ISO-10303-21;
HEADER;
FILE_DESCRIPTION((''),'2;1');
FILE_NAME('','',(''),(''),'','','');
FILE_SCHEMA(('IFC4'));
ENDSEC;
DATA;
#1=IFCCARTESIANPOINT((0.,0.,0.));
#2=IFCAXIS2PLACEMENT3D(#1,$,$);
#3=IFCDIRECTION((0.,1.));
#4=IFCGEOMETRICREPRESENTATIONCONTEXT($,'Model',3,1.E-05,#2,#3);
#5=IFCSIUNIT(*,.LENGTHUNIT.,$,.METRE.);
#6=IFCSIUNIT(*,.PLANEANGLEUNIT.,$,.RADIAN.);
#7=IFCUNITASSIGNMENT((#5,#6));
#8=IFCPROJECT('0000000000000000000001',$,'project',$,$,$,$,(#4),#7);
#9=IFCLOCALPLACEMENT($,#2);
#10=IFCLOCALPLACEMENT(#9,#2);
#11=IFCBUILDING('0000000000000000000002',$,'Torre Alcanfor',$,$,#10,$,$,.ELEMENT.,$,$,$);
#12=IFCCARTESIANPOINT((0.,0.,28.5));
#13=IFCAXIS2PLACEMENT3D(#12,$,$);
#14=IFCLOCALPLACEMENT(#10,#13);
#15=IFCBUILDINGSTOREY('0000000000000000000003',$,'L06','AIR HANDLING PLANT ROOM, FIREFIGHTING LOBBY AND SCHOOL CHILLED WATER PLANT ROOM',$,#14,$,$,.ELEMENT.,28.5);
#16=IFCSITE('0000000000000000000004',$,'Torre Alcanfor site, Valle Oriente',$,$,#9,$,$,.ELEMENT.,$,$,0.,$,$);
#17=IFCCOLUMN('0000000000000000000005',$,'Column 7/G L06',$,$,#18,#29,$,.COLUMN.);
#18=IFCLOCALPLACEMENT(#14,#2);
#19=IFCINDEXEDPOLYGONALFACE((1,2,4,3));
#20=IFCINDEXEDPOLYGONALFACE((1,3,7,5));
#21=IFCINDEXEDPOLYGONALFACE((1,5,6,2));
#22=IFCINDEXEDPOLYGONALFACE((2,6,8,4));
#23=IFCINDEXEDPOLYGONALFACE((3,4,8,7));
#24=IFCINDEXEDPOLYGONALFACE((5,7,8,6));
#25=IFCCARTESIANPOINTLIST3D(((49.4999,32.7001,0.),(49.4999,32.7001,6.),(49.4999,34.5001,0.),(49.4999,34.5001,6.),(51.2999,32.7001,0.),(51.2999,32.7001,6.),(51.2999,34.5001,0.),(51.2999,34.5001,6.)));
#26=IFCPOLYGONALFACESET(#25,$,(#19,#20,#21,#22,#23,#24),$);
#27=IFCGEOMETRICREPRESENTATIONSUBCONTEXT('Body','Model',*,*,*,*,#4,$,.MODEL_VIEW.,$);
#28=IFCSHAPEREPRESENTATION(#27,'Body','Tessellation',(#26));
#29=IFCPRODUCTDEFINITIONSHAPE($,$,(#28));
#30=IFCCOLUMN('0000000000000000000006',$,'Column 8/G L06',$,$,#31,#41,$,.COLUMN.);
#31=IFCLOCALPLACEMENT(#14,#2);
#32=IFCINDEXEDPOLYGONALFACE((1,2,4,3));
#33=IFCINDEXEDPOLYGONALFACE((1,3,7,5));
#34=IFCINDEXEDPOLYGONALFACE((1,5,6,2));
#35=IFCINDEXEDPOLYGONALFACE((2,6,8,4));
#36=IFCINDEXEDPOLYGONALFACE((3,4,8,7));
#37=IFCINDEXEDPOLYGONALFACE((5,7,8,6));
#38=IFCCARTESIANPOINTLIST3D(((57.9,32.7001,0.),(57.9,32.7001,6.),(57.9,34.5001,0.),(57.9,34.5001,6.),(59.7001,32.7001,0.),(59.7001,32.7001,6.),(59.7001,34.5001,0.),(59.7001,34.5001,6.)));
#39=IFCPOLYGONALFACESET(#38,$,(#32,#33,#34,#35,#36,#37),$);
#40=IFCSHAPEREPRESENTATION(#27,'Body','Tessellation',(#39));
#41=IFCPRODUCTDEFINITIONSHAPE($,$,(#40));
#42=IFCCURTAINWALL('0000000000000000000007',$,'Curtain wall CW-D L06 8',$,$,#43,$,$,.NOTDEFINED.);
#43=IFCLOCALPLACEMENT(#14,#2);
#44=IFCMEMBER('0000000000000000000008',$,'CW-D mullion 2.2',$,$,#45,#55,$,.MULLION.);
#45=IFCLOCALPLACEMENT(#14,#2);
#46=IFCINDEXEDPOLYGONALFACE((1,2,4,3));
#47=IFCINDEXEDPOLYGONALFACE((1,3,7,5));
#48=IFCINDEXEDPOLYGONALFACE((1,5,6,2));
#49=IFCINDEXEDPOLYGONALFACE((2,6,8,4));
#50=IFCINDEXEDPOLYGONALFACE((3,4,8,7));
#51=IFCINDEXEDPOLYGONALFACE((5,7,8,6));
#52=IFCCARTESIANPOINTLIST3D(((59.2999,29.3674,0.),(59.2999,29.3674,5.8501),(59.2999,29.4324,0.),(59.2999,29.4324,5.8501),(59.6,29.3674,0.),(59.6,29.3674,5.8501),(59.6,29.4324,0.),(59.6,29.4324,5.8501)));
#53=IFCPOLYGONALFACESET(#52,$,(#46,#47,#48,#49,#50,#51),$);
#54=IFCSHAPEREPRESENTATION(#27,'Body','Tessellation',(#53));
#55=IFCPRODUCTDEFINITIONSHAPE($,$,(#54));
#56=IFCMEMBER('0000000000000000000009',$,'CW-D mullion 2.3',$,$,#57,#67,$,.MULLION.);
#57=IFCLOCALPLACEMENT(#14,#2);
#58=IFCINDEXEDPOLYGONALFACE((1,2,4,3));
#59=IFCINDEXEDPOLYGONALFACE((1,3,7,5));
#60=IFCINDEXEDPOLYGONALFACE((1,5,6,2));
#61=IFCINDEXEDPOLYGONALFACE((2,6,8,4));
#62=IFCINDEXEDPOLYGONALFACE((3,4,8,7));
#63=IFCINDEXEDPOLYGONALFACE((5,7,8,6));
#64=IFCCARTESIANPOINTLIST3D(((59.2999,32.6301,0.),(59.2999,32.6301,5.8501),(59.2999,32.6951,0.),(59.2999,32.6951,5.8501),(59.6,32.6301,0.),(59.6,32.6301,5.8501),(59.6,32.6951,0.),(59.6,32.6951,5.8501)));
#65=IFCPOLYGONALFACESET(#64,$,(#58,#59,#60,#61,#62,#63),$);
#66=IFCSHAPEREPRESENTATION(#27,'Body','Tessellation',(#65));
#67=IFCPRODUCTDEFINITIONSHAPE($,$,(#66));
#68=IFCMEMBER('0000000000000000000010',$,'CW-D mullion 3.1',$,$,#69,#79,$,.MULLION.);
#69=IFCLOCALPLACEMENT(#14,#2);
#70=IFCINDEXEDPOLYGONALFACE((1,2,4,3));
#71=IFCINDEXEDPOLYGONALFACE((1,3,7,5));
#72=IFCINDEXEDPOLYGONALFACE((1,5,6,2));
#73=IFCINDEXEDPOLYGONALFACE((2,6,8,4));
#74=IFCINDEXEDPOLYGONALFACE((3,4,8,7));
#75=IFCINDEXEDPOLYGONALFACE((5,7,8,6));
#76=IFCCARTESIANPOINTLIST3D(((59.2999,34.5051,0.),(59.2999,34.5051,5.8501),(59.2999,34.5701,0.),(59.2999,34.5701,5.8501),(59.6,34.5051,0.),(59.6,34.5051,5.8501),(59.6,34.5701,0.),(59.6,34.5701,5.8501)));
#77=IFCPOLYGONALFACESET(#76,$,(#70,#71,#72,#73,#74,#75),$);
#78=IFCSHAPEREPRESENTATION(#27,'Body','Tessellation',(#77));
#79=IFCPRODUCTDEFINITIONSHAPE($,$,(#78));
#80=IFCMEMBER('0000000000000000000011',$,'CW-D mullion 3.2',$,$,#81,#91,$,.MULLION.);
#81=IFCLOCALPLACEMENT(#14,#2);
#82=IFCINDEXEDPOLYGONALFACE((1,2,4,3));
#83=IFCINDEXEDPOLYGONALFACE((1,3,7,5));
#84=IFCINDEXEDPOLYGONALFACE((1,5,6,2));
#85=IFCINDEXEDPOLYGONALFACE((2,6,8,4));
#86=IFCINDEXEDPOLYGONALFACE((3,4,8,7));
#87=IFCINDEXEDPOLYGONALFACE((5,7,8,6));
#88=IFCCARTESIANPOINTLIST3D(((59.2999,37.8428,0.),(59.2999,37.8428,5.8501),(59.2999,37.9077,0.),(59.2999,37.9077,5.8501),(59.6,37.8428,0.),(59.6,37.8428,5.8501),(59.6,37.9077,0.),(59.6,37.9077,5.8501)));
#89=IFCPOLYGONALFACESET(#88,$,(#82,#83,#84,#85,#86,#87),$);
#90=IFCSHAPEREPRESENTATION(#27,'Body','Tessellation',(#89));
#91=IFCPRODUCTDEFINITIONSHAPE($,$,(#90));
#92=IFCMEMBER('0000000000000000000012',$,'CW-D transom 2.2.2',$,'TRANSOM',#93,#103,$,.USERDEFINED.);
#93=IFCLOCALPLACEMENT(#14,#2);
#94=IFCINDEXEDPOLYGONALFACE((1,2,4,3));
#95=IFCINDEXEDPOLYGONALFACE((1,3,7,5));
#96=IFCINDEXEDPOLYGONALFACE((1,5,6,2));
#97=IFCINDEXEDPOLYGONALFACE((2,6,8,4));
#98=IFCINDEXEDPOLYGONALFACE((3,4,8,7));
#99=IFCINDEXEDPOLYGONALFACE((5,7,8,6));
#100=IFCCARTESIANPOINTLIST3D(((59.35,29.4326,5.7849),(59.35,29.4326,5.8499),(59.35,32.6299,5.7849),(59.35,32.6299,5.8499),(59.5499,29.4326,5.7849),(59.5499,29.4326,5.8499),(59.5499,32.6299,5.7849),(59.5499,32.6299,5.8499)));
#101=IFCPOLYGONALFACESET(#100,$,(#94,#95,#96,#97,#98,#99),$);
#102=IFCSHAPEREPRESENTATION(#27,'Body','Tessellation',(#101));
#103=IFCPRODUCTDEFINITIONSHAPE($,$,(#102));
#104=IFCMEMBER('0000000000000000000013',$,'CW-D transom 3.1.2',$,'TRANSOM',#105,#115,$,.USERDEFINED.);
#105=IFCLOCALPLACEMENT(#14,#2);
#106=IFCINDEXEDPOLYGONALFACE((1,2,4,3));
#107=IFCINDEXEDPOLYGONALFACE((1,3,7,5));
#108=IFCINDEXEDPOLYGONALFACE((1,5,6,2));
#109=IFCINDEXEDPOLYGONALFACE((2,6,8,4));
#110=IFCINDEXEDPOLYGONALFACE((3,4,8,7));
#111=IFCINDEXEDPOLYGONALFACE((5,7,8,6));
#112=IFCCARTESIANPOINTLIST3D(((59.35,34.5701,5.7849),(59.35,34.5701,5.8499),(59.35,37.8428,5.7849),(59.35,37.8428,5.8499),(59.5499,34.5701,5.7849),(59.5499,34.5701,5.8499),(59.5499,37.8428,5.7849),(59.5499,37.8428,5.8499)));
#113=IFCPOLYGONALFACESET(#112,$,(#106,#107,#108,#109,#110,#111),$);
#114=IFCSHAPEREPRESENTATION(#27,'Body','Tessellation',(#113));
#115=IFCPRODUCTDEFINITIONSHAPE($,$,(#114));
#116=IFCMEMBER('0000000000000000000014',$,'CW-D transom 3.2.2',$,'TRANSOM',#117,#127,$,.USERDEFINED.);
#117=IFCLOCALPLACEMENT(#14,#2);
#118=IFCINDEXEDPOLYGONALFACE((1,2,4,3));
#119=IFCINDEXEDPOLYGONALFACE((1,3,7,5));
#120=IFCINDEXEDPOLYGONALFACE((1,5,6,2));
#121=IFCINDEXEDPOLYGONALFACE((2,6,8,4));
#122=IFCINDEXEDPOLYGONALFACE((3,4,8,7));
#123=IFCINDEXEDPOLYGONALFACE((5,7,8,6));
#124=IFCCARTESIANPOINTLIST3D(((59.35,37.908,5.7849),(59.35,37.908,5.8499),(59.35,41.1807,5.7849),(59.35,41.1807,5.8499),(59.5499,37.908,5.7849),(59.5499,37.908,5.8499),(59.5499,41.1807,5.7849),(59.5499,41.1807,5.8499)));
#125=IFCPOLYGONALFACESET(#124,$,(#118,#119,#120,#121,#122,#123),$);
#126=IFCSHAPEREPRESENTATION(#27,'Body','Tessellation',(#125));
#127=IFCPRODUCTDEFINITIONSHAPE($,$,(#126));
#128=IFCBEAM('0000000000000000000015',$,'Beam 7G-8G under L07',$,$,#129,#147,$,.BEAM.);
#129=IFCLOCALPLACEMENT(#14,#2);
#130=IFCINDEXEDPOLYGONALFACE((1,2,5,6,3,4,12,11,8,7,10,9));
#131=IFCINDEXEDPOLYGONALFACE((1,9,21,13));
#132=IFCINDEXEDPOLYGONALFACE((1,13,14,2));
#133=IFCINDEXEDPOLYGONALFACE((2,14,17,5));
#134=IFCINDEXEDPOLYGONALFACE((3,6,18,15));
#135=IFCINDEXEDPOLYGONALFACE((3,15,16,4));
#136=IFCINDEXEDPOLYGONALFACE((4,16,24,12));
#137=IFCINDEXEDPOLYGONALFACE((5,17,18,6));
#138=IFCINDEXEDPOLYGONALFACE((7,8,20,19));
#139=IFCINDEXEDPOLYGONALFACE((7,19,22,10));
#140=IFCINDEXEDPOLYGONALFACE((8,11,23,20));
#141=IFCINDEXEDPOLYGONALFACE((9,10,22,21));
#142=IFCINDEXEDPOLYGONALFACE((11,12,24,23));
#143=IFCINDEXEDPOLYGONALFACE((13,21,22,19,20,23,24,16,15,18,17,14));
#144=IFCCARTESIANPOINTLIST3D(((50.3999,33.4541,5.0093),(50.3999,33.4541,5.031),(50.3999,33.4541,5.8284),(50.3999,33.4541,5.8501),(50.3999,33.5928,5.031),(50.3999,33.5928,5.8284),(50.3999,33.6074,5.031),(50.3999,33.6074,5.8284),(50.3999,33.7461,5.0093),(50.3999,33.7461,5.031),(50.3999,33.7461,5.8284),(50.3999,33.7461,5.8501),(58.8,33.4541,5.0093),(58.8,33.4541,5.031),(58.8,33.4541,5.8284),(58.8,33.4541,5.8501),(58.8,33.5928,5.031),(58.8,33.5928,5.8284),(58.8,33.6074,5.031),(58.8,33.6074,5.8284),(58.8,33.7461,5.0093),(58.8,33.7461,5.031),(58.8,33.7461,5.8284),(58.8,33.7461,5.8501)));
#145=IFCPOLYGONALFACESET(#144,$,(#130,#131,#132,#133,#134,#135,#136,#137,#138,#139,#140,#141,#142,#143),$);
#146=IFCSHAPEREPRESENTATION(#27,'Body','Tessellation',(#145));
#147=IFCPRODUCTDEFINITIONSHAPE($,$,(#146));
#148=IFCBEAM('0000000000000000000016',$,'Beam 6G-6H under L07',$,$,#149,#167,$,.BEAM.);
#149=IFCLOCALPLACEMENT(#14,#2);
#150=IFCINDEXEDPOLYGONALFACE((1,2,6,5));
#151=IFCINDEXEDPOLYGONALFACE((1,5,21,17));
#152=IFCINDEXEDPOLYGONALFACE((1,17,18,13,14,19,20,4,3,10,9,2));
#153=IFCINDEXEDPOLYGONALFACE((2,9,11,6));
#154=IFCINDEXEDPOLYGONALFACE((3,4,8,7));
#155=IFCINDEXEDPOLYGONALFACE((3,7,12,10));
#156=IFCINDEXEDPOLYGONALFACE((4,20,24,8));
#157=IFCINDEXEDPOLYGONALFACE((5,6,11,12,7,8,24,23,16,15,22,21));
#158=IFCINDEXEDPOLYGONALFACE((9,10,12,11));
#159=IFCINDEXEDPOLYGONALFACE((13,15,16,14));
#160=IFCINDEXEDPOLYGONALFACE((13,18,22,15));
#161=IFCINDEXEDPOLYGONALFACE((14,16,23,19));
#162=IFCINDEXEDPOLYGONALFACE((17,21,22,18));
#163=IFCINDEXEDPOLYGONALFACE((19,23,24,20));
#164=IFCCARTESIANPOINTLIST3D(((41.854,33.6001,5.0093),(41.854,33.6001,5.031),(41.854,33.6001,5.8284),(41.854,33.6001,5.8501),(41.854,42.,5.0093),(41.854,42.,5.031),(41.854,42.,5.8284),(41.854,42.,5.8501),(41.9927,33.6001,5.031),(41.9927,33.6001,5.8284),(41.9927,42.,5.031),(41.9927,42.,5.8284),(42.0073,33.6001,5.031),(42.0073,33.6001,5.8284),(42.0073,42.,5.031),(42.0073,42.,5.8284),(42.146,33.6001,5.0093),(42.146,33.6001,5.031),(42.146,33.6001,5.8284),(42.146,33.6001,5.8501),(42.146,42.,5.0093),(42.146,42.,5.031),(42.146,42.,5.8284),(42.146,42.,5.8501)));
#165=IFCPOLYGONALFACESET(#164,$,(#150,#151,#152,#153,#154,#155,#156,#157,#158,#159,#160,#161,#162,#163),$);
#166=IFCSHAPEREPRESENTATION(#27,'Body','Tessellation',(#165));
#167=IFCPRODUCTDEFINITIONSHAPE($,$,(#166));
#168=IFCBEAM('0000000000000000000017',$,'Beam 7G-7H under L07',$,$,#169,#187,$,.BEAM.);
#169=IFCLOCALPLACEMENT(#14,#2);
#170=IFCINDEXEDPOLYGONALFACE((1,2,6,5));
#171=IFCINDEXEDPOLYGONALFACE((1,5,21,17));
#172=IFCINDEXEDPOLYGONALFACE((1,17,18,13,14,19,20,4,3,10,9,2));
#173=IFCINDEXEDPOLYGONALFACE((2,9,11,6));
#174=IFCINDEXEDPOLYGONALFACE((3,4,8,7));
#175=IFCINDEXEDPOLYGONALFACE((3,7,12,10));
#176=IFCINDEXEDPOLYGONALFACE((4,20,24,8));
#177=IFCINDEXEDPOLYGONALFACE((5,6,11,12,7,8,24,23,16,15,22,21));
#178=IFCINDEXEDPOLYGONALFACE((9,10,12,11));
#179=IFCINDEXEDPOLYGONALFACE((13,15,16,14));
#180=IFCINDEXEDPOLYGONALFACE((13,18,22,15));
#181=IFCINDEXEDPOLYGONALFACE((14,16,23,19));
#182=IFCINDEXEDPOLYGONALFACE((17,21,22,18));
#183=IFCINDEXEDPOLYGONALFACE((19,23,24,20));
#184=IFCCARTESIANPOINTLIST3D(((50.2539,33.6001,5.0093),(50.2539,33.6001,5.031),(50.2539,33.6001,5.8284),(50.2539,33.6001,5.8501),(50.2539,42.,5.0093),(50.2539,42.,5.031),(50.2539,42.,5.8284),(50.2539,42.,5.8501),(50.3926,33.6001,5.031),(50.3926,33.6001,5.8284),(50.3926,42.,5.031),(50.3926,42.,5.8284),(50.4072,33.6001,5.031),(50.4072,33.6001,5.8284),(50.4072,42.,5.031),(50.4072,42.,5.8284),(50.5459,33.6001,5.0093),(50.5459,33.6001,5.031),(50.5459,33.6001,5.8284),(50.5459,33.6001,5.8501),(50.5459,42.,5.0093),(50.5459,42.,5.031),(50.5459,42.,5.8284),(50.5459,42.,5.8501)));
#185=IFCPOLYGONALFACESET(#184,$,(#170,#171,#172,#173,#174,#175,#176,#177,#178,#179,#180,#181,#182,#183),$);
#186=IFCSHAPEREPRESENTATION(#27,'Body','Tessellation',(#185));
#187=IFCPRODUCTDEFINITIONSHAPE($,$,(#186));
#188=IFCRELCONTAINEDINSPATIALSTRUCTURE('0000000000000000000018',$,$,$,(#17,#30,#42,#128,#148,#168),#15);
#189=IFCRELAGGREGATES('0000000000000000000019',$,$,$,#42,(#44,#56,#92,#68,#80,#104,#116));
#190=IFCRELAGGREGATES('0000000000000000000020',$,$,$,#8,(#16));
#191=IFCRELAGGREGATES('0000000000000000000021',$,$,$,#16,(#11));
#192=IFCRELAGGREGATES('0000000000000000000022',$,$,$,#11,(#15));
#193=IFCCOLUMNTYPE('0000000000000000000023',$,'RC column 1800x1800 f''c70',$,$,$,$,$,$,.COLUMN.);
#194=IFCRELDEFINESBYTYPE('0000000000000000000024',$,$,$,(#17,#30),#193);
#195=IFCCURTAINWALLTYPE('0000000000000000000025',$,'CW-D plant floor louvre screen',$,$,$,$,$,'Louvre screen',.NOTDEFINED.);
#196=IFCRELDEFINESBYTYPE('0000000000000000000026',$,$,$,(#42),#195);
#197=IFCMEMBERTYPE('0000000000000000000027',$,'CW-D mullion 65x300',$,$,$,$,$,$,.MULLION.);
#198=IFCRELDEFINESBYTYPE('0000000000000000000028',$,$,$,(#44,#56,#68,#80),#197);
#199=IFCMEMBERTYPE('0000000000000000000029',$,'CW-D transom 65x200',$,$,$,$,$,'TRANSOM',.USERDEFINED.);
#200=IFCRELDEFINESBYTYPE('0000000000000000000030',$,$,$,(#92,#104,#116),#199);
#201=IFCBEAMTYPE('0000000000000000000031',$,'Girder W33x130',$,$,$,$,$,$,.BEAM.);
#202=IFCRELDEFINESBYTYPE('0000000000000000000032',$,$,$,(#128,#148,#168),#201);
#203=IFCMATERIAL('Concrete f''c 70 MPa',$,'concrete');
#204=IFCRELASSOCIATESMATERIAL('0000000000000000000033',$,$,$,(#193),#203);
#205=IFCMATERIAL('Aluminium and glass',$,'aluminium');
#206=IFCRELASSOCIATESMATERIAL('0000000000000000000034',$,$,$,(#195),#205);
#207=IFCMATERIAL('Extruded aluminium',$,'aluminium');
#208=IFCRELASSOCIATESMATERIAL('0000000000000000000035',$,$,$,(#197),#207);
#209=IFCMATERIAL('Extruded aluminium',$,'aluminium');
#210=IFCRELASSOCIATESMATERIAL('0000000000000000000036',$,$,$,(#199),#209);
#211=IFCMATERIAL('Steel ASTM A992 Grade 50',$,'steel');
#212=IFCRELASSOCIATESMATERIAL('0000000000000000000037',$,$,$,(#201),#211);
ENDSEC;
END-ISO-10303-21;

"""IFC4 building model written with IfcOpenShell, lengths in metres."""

from ifc_helpers import new_model, si_unit, direction, frame, origin, origin_2d, place, context, subcontext, project, spatial, rectangle, i_section, extrude, material, material_profile, profile_set, type_object, element, aggregate, save


model = new_model("IFC4")

# Units and contexts
model_context = context("Model", 3, precision=1e-05, world=origin(), true_north=direction((0.0, 1.0)))
body_context = subcontext(model_context, "Body", "Model", "MODEL_VIEW")
ifc_project = project(units=[si_unit("LENGTHUNIT", "METRE"), si_unit("PLANEANGLEUNIT", "RADIAN")], contexts=[model_context])

# Site, building, storey
site_placement = place(None, origin())
site = spatial("IfcSite", under=ifc_project, at=site_placement, Name="Torre Alcanfor site, Valle Oriente", CompositionType="ELEMENT", RefElevation=0.0)
building_placement = place(site_placement, origin())
building = spatial("IfcBuilding", under=site, at=building_placement, Name="Torre Alcanfor", CompositionType="ELEMENT")
storey_placement = place(building_placement, frame((0.0, 0.0, 28.5)))
storey = spatial("IfcBuildingStorey", under=building, at=storey_placement, Name="L06", Description="AIR HANDLING PLANT ROOM, FIREFIGHTING LOBBY AND SCHOOL CHILLED WATER PLANT ROOM", CompositionType="ELEMENT", Elevation=28.5)

# Columns
ifc_material_1 = material(Name="Concrete f'c 70 MPa", Category="concrete")
ifc_material_profile_1 = material_profile(ifc_material_1, rectangle(XDim=1.8, YDim=1.8, at=origin_2d()), Name="1800x1800")
ifc_profile_set_1 = profile_set([ifc_material_profile_1], Name="Concrete f'c 70 MPa")
column_type = type_object("IfcColumnType", Name="RC column 1800x1800 f'c70", PredefinedType="COLUMN", material=ifc_profile_set_1)
for number, where, z_axis, x_axis, name in (
    (1, (50.3999, 33.6001, 0.0), (0.0, 0.0, 1.0), (1.0, 0.0, 0.0), "Column 7/G L06"),
    (2, (58.8, 33.6001, 0.0), (0.0, 0.0, 1.0), (1.0, 0.0, 0.0), "Column 8/G L06"),
):
    element("IfcColumn", number, at=place(storey_placement, frame(where, z_axis=z_axis, x_axis=x_axis)), inside=storey, type_object=column_type, Name=name, PredefinedType="COLUMN", context=body_context, shape_type="SweptSolid", body=[
        extrude(rectangle(XDim=1.8, YDim=1.8, at=origin_2d()), origin(), (0.0, 0.0, 1.0), 6.0),
    ])

# Curtain wall, members
ifc_material_2 = material(Name="Aluminium and glass", Category="aluminium")
curtain_wall_type = type_object("IfcCurtainWallType", Name="CW-D plant floor louvre screen", ElementType="Louvre screen", PredefinedType="NOTDEFINED", material=ifc_material_2)
curtain_wall_placement = place(storey_placement, origin())
curtain_wall = element("IfcCurtainWall", 3, at=curtain_wall_placement, inside=storey, type_object=curtain_wall_type, Name="Curtain wall CW-D L06 8", PredefinedType="NOTDEFINED")
ifc_material_3 = material(Name="Extruded aluminium", Category="aluminium")
ifc_material_profile_2 = material_profile(ifc_material_3, rectangle(XDim=0.3, YDim=0.0649, at=origin_2d()), Name="CW-D mullion 65x300")
ifc_profile_set_2 = profile_set([ifc_material_profile_2], Name="Extruded aluminium")
member_type_1 = type_object("IfcMemberType", Name="CW-D mullion 65x300", PredefinedType="MULLION", material=ifc_profile_set_2)
member_1_placement = place(storey_placement, frame((59.45, 29.3999, 0.0), z_axis=(0.0, 0.0, 1.0), x_axis=(-1.0, 0.0, 0.0)))
member_1 = element("IfcMember", 4, at=member_1_placement, type_object=member_type_1, Name="CW-D mullion 2.2", PredefinedType="MULLION", context=body_context, shape_type="SweptSolid", body=[
    extrude(rectangle(XDim=0.3, YDim=0.0649, at=origin_2d()), origin(), (0.0, 0.0, 1.0), 5.8501),
])
member_2_placement = place(storey_placement, frame((59.45, 32.6626, 0.0), z_axis=(0.0, 0.0, 1.0), x_axis=(-1.0, 0.0, 0.0)))
member_2 = element("IfcMember", 5, at=member_2_placement, type_object=member_type_1, Name="CW-D mullion 2.3", PredefinedType="MULLION", context=body_context, shape_type="SweptSolid", body=[
    extrude(rectangle(XDim=0.3, YDim=0.0649, at=origin_2d()), origin(), (0.0, 0.0, 1.0), 5.8501),
])
member_3_placement = place(storey_placement, frame((59.45, 34.5376, 0.0), z_axis=(0.0, 0.0, 1.0), x_axis=(-1.0, 0.0, 0.0)))
member_3 = element("IfcMember", 6, at=member_3_placement, type_object=member_type_1, Name="CW-D mullion 3.1", PredefinedType="MULLION", context=body_context, shape_type="SweptSolid", body=[
    extrude(rectangle(XDim=0.3, YDim=0.0649, at=origin_2d()), origin(), (0.0, 0.0, 1.0), 5.8501),
])
member_4_placement = place(storey_placement, frame((59.45, 37.8752, 0.0), z_axis=(0.0, 0.0, 1.0), x_axis=(-1.0, 0.0, 0.0)))
member_4 = element("IfcMember", 7, at=member_4_placement, type_object=member_type_1, Name="CW-D mullion 3.2", PredefinedType="MULLION", context=body_context, shape_type="SweptSolid", body=[
    extrude(rectangle(XDim=0.3, YDim=0.0649, at=origin_2d()), origin(), (0.0, 0.0, 1.0), 5.8501),
])
ifc_material_4 = material(Name="Extruded aluminium", Category="aluminium")
ifc_material_profile_3 = material_profile(ifc_material_4, rectangle(XDim=0.2, YDim=0.0649, at=origin_2d()), Name="CW-D transom 200x65")
ifc_profile_set_3 = profile_set([ifc_material_profile_3], Name="Extruded aluminium")
member_type_2 = type_object("IfcMemberType", Name="CW-D transom 65x200", ElementType="TRANSOM", PredefinedType="USERDEFINED", material=ifc_profile_set_3)
member_5_placement = place(storey_placement, frame((59.45, 29.4326, 5.8174), z_axis=(0.0, 1.0, 0.0), x_axis=(-1.0, 0.0, 0.0)))
member_5 = element("IfcMember", 8, at=member_5_placement, type_object=member_type_2, Name="CW-D transom 2.2.2", ObjectType="TRANSOM", PredefinedType="USERDEFINED", context=body_context, shape_type="SweptSolid", body=[
    extrude(rectangle(XDim=0.2, YDim=0.0649, at=origin_2d()), origin(), (0.0, 0.0, 1.0), 3.1973),
])
member_6_placement = place(storey_placement, frame((59.45, 34.5701, 5.8174), z_axis=(0.0, 1.0, 0.0), x_axis=(-1.0, 0.0, 0.0)))
member_6 = element("IfcMember", 9, at=member_6_placement, type_object=member_type_2, Name="CW-D transom 3.1.2", ObjectType="TRANSOM", PredefinedType="USERDEFINED", context=body_context, shape_type="SweptSolid", body=[
    extrude(rectangle(XDim=0.2, YDim=0.0649, at=origin_2d()), origin(), (0.0, 0.0, 1.0), 3.2727),
])
member_7_placement = place(storey_placement, frame((59.45, 37.908, 5.8174), z_axis=(0.0, 1.0, 0.0), x_axis=(-1.0, 0.0, 0.0)))
member_7 = element("IfcMember", 10, at=member_7_placement, type_object=member_type_2, Name="CW-D transom 3.2.2", ObjectType="TRANSOM", PredefinedType="USERDEFINED", context=body_context, shape_type="SweptSolid", body=[
    extrude(rectangle(XDim=0.2, YDim=0.0649, at=origin_2d()), origin(), (0.0, 0.0, 1.0), 3.2727),
])

# Beams
ifc_material_5 = material(Name="Steel ASTM A992 Grade 50", Category="steel")
ifc_material_profile_4 = material_profile(ifc_material_5, i_section(OverallWidth=0.292, OverallDepth=0.8408, WebThickness=0.0146, FlangeThickness=0.0217, at=origin_2d()), Name="W33x130")
ifc_profile_set_4 = profile_set([ifc_material_profile_4], Name="Steel ASTM A992 Grade 50")
beam_type_1 = type_object("IfcBeamType", Name="Girder W33x130", PredefinedType="BEAM", material=ifc_profile_set_4)
beam_1_placement = place(storey_placement, frame((50.3999, 33.6001, 5.4297), z_axis=(1.0, 0.0, 0.0), x_axis=(0.0, 1.0, 0.0)))
element("IfcBeam", 11, at=beam_1_placement, inside=storey, type_object=beam_type_1, Name="Beam 7G-8G under L07", PredefinedType="BEAM", context=body_context, shape_type="SweptSolid", body=[
    extrude(i_section(OverallWidth=0.292, OverallDepth=0.8408, WebThickness=0.0146, FlangeThickness=0.0217, at=origin_2d()), origin(), (0.0, 0.0, 1.0), 8.4001),
])
for number, where, z_axis, x_axis, name in (
    (12, (42.0, 33.6001, 5.4297), (0.0, 1.0, 0.0), (-1.0, 0.0, 0.0), "Beam 6G-6H under L07"),
    (13, (50.3999, 33.6001, 5.4297), (0.0, 1.0, 0.0), (-1.0, 0.0, 0.0), "Beam 7G-7H under L07"),
):
    element("IfcBeam", number, at=place(storey_placement, frame(where, z_axis=z_axis, x_axis=x_axis)), inside=storey, type_object=beam_type_1, Name=name, PredefinedType="BEAM", context=body_context, shape_type="SweptSolid", body=[
        extrude(i_section(OverallWidth=0.292, OverallDepth=0.8408, WebThickness=0.0146, FlangeThickness=0.0217, at=origin_2d()), origin(), (0.0, 0.0, 1.0), 8.3999),
    ])

aggregate(curtain_wall, [member_1, member_2, member_5, member_3, member_4, member_6, member_7])

save(model, "model.ifc")
